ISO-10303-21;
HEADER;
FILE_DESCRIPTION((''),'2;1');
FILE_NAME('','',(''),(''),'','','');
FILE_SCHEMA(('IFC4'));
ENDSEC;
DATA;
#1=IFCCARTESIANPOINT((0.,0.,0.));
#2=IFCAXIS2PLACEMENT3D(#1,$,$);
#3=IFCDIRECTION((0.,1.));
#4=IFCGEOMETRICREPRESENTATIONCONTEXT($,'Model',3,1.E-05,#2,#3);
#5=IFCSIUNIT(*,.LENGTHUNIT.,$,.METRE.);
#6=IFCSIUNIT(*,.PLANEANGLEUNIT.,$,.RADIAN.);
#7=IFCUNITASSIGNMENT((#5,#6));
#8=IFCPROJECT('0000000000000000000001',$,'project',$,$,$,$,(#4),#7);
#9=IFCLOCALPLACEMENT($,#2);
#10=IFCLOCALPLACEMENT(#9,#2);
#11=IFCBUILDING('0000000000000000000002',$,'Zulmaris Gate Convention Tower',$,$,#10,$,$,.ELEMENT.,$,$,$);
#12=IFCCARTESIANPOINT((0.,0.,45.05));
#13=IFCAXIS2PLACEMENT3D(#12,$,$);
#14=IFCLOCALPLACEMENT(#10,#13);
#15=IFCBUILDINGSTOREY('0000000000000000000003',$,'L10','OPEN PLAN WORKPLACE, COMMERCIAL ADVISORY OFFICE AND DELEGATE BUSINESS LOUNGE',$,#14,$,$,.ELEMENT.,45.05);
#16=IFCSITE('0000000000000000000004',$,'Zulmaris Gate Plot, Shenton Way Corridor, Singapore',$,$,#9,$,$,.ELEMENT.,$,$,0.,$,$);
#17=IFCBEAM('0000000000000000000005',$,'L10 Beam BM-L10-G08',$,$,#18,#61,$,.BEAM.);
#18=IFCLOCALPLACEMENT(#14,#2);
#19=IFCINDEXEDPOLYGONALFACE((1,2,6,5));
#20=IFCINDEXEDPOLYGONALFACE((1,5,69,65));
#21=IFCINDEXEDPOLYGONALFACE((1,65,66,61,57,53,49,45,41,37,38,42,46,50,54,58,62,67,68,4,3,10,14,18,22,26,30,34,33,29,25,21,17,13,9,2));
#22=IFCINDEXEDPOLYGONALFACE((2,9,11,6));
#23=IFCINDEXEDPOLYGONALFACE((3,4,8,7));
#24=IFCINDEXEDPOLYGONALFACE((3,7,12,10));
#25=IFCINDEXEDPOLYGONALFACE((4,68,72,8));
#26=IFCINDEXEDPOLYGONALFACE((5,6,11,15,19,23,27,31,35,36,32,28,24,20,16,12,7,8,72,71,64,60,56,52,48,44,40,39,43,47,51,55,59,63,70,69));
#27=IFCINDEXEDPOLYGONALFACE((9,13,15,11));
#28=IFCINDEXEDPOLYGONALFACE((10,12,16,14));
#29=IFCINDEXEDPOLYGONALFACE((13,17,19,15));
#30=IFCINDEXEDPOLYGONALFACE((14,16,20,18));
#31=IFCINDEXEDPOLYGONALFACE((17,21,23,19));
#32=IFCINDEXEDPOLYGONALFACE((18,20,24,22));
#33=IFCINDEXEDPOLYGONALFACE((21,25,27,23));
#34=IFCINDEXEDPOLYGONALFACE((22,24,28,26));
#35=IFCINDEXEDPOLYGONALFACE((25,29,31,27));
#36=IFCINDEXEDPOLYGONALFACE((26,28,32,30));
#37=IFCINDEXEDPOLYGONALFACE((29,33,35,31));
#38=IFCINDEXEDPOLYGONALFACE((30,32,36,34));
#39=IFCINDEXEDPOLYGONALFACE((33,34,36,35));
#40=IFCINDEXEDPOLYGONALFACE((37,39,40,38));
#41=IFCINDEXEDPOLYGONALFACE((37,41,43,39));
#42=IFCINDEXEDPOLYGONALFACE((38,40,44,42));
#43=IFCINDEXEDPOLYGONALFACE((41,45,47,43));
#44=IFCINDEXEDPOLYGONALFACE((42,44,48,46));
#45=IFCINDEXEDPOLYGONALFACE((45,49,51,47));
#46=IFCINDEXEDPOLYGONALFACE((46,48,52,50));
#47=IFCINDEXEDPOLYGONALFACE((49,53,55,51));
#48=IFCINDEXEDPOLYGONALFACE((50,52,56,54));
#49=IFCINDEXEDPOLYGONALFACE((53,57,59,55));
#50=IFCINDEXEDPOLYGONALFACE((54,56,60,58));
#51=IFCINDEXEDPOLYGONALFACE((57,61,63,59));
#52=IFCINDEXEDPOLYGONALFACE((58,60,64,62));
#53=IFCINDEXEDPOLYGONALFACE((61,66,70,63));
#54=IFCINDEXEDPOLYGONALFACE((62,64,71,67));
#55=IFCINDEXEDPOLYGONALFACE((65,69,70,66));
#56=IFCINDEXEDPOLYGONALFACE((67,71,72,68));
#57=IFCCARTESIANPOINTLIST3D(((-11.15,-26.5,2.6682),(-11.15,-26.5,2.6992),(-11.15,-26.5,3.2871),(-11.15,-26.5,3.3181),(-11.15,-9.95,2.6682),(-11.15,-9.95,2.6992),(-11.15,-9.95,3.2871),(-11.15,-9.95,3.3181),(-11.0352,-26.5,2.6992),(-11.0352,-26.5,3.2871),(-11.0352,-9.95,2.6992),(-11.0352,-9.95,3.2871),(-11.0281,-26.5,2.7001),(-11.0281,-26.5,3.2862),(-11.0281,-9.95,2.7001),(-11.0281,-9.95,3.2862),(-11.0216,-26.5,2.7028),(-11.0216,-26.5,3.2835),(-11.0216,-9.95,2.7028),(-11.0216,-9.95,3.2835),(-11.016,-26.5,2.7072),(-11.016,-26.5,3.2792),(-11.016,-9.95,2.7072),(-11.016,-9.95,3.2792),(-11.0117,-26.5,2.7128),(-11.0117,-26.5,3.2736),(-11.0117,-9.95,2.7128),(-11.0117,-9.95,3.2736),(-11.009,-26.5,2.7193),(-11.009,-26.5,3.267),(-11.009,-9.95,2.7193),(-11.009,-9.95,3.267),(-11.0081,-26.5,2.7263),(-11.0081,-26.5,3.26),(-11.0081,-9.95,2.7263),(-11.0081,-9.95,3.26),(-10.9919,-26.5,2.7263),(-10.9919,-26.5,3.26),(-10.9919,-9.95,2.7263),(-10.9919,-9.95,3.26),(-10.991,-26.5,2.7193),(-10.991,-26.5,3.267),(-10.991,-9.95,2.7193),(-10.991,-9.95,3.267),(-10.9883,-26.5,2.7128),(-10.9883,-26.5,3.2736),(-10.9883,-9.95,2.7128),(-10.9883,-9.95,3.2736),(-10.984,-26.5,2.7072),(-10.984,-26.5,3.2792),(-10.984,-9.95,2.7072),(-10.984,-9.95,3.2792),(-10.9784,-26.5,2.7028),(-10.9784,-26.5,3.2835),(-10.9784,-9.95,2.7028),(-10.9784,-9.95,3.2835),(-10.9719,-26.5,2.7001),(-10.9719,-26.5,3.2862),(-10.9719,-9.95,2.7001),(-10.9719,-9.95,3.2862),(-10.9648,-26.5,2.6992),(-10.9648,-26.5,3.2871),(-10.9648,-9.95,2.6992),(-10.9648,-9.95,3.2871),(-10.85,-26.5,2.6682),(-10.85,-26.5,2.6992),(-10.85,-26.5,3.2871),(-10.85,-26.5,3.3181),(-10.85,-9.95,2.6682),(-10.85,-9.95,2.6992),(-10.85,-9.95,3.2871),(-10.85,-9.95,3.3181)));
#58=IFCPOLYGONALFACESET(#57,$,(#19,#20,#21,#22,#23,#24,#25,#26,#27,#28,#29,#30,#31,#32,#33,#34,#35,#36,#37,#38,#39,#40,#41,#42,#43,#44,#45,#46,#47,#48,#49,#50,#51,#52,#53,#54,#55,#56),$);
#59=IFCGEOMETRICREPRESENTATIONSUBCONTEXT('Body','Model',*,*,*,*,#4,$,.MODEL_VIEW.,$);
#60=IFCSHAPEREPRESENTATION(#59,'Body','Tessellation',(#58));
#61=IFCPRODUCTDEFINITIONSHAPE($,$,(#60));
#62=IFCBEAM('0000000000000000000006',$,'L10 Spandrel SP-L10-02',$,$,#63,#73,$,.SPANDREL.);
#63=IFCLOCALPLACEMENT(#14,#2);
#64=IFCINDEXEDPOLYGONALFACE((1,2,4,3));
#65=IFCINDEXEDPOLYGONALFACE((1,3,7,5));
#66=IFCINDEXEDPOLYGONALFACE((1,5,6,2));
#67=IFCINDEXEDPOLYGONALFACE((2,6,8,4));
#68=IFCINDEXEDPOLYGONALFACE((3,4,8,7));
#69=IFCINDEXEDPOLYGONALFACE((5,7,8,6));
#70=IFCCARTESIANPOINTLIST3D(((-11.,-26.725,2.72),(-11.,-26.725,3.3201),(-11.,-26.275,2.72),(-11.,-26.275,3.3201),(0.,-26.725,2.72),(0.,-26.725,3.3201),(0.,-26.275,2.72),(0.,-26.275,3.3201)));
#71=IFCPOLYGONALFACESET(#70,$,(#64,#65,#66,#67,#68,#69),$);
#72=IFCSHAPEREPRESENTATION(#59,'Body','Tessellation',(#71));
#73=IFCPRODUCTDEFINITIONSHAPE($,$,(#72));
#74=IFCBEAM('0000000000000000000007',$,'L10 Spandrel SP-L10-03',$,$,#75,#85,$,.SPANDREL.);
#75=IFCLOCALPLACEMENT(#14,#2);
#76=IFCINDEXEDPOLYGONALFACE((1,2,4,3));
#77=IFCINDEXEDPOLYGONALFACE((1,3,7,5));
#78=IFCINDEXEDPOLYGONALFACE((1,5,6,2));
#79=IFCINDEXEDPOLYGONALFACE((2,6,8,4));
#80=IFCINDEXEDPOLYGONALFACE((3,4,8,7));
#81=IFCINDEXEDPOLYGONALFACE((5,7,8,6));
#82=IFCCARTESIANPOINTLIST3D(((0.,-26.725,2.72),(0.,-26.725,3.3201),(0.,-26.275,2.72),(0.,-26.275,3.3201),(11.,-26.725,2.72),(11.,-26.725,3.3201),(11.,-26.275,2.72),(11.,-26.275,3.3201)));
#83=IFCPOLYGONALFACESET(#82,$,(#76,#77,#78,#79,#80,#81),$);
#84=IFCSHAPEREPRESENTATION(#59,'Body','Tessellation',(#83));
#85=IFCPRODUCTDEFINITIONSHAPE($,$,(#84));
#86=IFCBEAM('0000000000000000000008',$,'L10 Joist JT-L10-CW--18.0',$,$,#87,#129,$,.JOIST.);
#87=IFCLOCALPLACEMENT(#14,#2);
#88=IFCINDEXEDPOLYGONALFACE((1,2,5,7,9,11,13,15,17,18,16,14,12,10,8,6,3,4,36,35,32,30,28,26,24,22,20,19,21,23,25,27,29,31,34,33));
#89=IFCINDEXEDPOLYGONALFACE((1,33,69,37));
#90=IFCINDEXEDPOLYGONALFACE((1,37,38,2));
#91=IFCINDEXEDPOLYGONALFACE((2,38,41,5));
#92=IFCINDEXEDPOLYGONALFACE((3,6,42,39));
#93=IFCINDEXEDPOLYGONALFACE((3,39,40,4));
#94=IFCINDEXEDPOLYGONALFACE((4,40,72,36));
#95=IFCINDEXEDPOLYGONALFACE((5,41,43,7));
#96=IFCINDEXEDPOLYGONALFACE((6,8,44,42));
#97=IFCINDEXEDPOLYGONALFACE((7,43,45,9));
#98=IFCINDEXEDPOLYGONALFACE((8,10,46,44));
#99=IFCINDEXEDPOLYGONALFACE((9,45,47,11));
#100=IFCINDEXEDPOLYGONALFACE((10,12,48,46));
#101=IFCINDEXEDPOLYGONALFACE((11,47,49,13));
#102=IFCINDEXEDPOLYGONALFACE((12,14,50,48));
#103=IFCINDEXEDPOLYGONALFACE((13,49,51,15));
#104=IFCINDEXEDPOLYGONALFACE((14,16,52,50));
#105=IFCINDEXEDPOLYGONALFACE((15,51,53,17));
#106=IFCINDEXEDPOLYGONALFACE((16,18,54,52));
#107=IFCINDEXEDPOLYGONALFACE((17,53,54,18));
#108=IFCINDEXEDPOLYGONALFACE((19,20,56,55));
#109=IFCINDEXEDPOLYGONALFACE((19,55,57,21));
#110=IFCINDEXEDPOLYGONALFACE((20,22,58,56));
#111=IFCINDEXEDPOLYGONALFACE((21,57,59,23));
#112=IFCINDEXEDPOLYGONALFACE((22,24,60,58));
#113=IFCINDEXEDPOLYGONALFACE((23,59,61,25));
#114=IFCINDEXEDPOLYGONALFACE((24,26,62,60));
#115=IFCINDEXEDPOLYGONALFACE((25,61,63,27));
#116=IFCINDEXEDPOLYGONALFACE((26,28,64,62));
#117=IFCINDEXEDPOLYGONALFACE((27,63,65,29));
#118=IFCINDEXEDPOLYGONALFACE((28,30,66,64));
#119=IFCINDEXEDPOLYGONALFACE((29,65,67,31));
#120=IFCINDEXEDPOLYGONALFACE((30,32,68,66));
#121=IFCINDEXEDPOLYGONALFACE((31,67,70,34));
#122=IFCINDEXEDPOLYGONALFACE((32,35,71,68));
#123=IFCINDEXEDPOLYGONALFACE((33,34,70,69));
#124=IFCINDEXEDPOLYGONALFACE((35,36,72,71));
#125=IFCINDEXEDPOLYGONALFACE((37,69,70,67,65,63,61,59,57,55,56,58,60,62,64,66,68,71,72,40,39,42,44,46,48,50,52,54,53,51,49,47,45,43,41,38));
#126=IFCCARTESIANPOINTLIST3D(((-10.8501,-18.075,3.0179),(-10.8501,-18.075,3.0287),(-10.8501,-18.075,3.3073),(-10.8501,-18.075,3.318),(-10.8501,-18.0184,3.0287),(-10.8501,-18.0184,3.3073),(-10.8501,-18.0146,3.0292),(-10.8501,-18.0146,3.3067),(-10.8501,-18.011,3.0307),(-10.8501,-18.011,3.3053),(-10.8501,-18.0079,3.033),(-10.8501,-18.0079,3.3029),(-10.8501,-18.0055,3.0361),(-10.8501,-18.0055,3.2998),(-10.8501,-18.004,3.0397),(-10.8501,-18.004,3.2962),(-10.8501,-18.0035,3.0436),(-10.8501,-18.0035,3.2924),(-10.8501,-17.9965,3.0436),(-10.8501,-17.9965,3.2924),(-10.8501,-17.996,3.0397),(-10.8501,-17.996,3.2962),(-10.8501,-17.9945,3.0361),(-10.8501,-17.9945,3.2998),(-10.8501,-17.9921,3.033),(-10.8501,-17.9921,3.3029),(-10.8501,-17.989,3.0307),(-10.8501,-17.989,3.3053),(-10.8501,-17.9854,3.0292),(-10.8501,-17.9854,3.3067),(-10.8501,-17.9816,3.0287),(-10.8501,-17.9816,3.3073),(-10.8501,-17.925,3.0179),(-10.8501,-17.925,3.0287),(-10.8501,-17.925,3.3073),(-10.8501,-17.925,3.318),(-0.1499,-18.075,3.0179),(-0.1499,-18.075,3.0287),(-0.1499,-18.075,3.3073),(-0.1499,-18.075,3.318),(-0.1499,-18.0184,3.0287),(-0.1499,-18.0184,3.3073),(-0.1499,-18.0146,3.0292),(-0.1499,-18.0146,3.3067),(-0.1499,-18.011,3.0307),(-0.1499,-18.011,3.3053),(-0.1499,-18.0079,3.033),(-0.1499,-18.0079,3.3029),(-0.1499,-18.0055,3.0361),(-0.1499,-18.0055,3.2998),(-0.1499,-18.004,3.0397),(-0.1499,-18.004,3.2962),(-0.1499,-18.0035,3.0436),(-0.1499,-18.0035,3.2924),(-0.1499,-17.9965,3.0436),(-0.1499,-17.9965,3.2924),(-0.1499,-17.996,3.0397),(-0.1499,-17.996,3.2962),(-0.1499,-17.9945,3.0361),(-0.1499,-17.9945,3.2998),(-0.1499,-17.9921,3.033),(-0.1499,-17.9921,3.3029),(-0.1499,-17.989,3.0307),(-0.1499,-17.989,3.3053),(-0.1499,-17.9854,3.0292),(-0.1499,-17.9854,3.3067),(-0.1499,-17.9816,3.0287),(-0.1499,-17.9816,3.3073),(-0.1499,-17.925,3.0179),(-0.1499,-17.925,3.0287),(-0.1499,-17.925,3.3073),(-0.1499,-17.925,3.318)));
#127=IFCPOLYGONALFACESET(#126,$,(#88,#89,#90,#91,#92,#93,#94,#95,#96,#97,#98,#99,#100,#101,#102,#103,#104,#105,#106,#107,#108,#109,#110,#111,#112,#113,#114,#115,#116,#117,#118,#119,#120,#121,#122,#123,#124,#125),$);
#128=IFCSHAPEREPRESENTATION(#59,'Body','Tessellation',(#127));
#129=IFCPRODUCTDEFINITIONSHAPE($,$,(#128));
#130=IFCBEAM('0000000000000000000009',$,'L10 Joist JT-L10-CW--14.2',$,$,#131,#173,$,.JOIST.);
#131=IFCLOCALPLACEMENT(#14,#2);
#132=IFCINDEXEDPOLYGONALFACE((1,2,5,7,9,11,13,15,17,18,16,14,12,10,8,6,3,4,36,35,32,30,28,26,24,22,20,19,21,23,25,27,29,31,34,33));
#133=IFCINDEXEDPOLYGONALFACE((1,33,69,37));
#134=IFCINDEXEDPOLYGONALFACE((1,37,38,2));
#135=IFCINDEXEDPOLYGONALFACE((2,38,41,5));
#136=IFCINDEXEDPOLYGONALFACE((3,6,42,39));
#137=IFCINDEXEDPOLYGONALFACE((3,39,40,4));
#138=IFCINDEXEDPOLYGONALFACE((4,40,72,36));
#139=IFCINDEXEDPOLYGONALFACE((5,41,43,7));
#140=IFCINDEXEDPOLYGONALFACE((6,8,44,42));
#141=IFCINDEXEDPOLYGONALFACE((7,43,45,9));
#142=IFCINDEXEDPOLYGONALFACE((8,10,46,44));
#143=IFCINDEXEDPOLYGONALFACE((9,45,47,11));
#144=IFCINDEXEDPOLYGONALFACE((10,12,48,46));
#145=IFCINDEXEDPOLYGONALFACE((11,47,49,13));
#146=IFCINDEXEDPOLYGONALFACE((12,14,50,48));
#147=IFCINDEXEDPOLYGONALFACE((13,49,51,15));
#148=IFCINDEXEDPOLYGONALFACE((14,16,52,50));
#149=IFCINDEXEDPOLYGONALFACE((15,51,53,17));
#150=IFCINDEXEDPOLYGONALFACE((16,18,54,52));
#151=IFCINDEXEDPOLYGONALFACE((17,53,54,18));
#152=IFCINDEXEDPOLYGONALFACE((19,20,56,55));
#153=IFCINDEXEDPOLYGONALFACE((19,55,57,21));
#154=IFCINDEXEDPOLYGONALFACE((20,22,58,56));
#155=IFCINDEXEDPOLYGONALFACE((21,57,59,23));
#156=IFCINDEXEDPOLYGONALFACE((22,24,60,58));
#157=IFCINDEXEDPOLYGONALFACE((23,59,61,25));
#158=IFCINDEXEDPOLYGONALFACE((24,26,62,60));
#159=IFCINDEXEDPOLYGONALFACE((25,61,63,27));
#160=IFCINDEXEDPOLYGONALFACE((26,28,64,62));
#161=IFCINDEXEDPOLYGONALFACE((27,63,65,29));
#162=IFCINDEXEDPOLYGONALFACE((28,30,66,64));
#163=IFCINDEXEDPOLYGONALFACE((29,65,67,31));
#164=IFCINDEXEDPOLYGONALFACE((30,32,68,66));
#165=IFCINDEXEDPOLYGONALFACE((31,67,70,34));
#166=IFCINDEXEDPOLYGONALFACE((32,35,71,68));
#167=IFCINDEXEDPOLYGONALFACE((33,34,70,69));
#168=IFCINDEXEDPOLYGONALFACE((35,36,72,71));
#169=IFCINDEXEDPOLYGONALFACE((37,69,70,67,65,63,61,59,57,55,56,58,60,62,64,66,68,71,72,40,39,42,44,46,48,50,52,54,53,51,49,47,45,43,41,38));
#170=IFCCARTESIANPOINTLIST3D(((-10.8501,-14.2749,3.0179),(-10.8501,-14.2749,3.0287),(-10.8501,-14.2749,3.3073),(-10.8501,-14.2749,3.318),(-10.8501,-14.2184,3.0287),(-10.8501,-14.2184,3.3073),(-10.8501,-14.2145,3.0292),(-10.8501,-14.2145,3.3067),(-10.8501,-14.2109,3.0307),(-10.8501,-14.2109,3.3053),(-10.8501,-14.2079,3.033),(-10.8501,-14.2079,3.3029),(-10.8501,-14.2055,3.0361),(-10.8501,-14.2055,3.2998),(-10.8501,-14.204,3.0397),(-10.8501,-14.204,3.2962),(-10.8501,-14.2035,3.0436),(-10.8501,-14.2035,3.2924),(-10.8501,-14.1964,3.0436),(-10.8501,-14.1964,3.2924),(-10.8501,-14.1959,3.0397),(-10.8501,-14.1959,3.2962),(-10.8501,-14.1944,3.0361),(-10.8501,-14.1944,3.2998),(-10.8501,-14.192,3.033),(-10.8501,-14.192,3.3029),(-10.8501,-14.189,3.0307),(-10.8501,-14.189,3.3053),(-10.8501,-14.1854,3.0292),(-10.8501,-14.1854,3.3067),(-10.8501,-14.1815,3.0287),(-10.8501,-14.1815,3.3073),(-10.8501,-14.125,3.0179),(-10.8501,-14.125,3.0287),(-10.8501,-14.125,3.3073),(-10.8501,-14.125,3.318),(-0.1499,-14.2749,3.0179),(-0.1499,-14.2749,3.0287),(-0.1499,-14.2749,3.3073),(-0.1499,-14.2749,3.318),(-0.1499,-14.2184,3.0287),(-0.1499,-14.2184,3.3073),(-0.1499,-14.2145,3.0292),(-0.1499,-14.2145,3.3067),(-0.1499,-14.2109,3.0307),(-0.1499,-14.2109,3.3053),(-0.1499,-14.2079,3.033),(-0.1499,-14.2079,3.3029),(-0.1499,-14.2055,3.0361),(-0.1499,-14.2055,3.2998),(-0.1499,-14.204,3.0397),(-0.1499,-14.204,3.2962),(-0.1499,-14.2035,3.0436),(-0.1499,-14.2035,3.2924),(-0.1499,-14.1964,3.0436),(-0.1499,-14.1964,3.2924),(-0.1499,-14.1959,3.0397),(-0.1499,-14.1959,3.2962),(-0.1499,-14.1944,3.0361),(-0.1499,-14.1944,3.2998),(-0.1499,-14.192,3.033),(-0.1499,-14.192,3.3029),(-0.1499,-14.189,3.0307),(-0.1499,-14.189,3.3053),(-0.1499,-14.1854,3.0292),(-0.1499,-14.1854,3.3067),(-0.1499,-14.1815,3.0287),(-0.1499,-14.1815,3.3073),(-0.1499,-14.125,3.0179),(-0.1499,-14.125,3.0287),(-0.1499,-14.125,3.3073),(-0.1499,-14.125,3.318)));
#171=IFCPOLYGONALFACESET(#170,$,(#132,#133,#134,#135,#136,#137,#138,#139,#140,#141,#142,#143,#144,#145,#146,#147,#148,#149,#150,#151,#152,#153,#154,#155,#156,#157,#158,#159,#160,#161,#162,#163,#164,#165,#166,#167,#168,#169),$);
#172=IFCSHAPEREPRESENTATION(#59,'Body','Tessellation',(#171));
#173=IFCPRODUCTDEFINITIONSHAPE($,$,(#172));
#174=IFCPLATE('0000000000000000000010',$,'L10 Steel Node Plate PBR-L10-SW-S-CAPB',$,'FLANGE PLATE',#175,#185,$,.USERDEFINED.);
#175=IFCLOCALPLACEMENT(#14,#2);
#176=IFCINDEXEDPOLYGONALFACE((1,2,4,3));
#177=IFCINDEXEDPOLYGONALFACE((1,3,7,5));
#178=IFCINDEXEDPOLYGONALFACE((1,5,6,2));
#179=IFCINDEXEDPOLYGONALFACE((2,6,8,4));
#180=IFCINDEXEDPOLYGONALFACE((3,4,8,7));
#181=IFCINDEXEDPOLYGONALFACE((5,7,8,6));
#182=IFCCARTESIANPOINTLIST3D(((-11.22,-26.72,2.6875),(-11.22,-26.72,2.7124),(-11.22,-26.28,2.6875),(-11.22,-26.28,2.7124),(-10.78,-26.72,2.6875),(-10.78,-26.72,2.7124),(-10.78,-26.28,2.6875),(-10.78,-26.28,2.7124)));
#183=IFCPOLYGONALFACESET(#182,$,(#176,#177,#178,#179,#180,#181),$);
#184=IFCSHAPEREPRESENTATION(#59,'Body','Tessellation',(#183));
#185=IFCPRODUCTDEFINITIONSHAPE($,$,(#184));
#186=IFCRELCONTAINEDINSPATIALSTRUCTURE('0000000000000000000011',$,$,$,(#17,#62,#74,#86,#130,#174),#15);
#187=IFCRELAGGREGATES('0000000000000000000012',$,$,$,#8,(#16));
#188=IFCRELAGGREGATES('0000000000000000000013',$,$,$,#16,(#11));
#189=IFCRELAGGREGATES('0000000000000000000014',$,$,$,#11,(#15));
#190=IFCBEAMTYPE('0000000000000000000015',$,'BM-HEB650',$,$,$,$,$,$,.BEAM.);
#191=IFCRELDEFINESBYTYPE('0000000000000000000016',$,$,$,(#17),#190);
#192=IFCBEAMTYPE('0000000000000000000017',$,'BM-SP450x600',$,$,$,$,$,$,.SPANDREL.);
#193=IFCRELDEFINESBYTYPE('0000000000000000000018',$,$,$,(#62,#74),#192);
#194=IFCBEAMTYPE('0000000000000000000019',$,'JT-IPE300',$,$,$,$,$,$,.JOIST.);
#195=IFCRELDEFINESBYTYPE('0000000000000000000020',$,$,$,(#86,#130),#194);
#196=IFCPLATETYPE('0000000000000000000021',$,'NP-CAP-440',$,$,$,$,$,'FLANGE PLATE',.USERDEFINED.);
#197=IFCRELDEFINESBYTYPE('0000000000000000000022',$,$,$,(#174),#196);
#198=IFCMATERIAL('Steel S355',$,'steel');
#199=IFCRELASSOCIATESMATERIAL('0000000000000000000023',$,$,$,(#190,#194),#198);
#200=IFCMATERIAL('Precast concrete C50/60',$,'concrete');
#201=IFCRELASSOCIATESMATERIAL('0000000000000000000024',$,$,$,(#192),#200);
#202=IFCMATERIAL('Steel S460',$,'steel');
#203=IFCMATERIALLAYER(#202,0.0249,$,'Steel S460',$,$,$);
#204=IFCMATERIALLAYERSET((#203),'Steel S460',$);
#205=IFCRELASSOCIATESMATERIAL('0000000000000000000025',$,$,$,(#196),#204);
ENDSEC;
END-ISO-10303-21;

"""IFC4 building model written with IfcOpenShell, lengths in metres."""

from ifc_helpers import new_model, si_unit, direction, frame, origin, origin_2d, place, context, subcontext, project, spatial, rectangle, i_section, extrude, material, layer, layer_set, material_profile, profile_set, type_object, element, save


model = new_model("IFC4")

# Units and contexts
model_context = context("Model", 3, precision=1e-05, world=origin(), true_north=direction((0.0, 1.0)))
body_context = subcontext(model_context, "Body", "Model", "MODEL_VIEW")
ifc_project = project(units=[si_unit("LENGTHUNIT", "METRE"), si_unit("PLANEANGLEUNIT", "RADIAN")], contexts=[model_context])

# Site, building, storey
site_placement = place(None, origin())
site = spatial("IfcSite", under=ifc_project, at=site_placement, Name="Zulmaris Gate Plot, Shenton Way Corridor, Singapore", CompositionType="ELEMENT", RefElevation=0.0)
building_placement = place(site_placement, origin())
building = spatial("IfcBuilding", under=site, at=building_placement, Name="Zulmaris Gate Convention Tower", CompositionType="ELEMENT")
storey_placement = place(building_placement, frame((0.0, 0.0, 45.05)))
storey = spatial("IfcBuildingStorey", under=building, at=storey_placement, Name="L10", Description="OPEN PLAN WORKPLACE, COMMERCIAL ADVISORY OFFICE AND DELEGATE BUSINESS LOUNGE", CompositionType="ELEMENT", Elevation=45.05)

# Beams
ifc_material_1 = material(Name="Steel S355", Category="steel")
ifc_material_profile_1 = material_profile(ifc_material_1, i_section(OverallWidth=0.3, OverallDepth=0.6499, WebThickness=0.0161, FlangeThickness=0.031, FilletRadius=0.0271, at=origin_2d()), Name="HEB 650")
ifc_profile_set_1 = profile_set([ifc_material_profile_1], Name="Steel S355")
beam_type_1 = type_object("IfcBeamType", Name="BM-HEB650", PredefinedType="BEAM", material=ifc_profile_set_1)
beam_1_placement = place(storey_placement, frame((-11.0, -26.5, 2.9932), z_axis=(0.0, 1.0, 0.0), x_axis=(-1.0, 0.0, 0.0)))
element("IfcBeam", 1, at=beam_1_placement, inside=storey, type_object=beam_type_1, Name="L10 Beam BM-L10-G08", PredefinedType="BEAM", context=body_context, shape_type="SweptSolid", body=[
    extrude(i_section(OverallWidth=0.3, OverallDepth=0.6499, WebThickness=0.0161, FlangeThickness=0.031, FilletRadius=0.0271, at=origin_2d()), origin(), (0.0, 0.0, 1.0), 16.55),
])
ifc_material_2 = material(Name="Precast concrete C50/60", Category="concrete")
ifc_material_profile_2 = material_profile(ifc_material_2, rectangle(XDim=0.45, YDim=0.6001, at=origin_2d()), Name="RC SPANDREL 450x600")
ifc_profile_set_2 = profile_set([ifc_material_profile_2], Name="Precast concrete C50/60")
beam_type_2 = type_object("IfcBeamType", Name="BM-SP450x600", PredefinedType="SPANDREL", material=ifc_profile_set_2)
for number, where, z_axis, x_axis, name in (
    (2, (-11.0, -26.5, 3.02), (1.0, 0.0, 0.0), (0.0, 1.0, 0.0), "L10 Spandrel SP-L10-02"),
    (3, (0.0, -26.5, 3.02), (1.0, 0.0, 0.0), (0.0, 1.0, 0.0), "L10 Spandrel SP-L10-03"),
):
    element("IfcBeam", number, at=place(storey_placement, frame(where, z_axis=z_axis, x_axis=x_axis)), inside=storey, type_object=beam_type_2, Name=name, PredefinedType="SPANDREL", context=body_context, shape_type="SweptSolid", body=[
        extrude(rectangle(XDim=0.45, YDim=0.6001, at=origin_2d()), origin(), (0.0, 0.0, 1.0), 11.0),
    ])
ifc_material_profile_3 = material_profile(ifc_material_1, i_section(OverallWidth=0.1499, OverallDepth=0.3, WebThickness=0.0071, FlangeThickness=0.0107, FilletRadius=0.0149, at=origin_2d()), Name="IPE 300")
ifc_profile_set_3 = profile_set([ifc_material_profile_3], Name="Steel S355")
beam_type_3 = type_object("IfcBeamType", Name="JT-IPE300", PredefinedType="JOIST", material=ifc_profile_set_3)
for number, where, z_axis, x_axis, name in (
    (4, (-10.8501, -18.0, 3.168), (1.0, 0.0, 0.0), (0.0, 1.0, 0.0), "L10 Joist JT-L10-CW--18.0"),
    (5, (-10.8501, -14.2, 3.168), (1.0, 0.0, 0.0), (0.0, 1.0, 0.0), "L10 Joist JT-L10-CW--14.2"),
):
    element("IfcBeam", number, at=place(storey_placement, frame(where, z_axis=z_axis, x_axis=x_axis)), inside=storey, type_object=beam_type_3, Name=name, PredefinedType="JOIST", context=body_context, shape_type="SweptSolid", body=[
        extrude(i_section(OverallWidth=0.1499, OverallDepth=0.3, WebThickness=0.0071, FlangeThickness=0.0107, FilletRadius=0.0149, at=origin_2d()), origin(), (0.0, 0.0, 1.0), 10.7002),
    ])

# Plate
ifc_material_3 = material(Name="Steel S460", Category="steel")
ifc_layer_1 = layer(ifc_material_3, 0.0249, Name="Steel S460")
ifc_layer_set_1 = layer_set([ifc_layer_1], Name="Steel S460")
plate_type = type_object("IfcPlateType", Name="NP-CAP-440", ElementType="FLANGE PLATE", PredefinedType="USERDEFINED", material=ifc_layer_set_1)
plate_placement = place(storey_placement, frame((-11.0, -26.5, 2.6875), z_axis=(0.0, 0.0, 1.0), x_axis=(1.0, 0.0, 0.0)))
element("IfcPlate", 6, at=plate_placement, inside=storey, type_object=plate_type, Name="L10 Steel Node Plate PBR-L10-SW-S-CAPB", ObjectType="FLANGE PLATE", PredefinedType="USERDEFINED", context=body_context, shape_type="SweptSolid", body=[
    extrude(rectangle(XDim=0.4399, YDim=0.4399, at=origin_2d()), origin(), (0.0, 0.0, 1.0), 0.0249),
])

save(model, "model.ifc")
